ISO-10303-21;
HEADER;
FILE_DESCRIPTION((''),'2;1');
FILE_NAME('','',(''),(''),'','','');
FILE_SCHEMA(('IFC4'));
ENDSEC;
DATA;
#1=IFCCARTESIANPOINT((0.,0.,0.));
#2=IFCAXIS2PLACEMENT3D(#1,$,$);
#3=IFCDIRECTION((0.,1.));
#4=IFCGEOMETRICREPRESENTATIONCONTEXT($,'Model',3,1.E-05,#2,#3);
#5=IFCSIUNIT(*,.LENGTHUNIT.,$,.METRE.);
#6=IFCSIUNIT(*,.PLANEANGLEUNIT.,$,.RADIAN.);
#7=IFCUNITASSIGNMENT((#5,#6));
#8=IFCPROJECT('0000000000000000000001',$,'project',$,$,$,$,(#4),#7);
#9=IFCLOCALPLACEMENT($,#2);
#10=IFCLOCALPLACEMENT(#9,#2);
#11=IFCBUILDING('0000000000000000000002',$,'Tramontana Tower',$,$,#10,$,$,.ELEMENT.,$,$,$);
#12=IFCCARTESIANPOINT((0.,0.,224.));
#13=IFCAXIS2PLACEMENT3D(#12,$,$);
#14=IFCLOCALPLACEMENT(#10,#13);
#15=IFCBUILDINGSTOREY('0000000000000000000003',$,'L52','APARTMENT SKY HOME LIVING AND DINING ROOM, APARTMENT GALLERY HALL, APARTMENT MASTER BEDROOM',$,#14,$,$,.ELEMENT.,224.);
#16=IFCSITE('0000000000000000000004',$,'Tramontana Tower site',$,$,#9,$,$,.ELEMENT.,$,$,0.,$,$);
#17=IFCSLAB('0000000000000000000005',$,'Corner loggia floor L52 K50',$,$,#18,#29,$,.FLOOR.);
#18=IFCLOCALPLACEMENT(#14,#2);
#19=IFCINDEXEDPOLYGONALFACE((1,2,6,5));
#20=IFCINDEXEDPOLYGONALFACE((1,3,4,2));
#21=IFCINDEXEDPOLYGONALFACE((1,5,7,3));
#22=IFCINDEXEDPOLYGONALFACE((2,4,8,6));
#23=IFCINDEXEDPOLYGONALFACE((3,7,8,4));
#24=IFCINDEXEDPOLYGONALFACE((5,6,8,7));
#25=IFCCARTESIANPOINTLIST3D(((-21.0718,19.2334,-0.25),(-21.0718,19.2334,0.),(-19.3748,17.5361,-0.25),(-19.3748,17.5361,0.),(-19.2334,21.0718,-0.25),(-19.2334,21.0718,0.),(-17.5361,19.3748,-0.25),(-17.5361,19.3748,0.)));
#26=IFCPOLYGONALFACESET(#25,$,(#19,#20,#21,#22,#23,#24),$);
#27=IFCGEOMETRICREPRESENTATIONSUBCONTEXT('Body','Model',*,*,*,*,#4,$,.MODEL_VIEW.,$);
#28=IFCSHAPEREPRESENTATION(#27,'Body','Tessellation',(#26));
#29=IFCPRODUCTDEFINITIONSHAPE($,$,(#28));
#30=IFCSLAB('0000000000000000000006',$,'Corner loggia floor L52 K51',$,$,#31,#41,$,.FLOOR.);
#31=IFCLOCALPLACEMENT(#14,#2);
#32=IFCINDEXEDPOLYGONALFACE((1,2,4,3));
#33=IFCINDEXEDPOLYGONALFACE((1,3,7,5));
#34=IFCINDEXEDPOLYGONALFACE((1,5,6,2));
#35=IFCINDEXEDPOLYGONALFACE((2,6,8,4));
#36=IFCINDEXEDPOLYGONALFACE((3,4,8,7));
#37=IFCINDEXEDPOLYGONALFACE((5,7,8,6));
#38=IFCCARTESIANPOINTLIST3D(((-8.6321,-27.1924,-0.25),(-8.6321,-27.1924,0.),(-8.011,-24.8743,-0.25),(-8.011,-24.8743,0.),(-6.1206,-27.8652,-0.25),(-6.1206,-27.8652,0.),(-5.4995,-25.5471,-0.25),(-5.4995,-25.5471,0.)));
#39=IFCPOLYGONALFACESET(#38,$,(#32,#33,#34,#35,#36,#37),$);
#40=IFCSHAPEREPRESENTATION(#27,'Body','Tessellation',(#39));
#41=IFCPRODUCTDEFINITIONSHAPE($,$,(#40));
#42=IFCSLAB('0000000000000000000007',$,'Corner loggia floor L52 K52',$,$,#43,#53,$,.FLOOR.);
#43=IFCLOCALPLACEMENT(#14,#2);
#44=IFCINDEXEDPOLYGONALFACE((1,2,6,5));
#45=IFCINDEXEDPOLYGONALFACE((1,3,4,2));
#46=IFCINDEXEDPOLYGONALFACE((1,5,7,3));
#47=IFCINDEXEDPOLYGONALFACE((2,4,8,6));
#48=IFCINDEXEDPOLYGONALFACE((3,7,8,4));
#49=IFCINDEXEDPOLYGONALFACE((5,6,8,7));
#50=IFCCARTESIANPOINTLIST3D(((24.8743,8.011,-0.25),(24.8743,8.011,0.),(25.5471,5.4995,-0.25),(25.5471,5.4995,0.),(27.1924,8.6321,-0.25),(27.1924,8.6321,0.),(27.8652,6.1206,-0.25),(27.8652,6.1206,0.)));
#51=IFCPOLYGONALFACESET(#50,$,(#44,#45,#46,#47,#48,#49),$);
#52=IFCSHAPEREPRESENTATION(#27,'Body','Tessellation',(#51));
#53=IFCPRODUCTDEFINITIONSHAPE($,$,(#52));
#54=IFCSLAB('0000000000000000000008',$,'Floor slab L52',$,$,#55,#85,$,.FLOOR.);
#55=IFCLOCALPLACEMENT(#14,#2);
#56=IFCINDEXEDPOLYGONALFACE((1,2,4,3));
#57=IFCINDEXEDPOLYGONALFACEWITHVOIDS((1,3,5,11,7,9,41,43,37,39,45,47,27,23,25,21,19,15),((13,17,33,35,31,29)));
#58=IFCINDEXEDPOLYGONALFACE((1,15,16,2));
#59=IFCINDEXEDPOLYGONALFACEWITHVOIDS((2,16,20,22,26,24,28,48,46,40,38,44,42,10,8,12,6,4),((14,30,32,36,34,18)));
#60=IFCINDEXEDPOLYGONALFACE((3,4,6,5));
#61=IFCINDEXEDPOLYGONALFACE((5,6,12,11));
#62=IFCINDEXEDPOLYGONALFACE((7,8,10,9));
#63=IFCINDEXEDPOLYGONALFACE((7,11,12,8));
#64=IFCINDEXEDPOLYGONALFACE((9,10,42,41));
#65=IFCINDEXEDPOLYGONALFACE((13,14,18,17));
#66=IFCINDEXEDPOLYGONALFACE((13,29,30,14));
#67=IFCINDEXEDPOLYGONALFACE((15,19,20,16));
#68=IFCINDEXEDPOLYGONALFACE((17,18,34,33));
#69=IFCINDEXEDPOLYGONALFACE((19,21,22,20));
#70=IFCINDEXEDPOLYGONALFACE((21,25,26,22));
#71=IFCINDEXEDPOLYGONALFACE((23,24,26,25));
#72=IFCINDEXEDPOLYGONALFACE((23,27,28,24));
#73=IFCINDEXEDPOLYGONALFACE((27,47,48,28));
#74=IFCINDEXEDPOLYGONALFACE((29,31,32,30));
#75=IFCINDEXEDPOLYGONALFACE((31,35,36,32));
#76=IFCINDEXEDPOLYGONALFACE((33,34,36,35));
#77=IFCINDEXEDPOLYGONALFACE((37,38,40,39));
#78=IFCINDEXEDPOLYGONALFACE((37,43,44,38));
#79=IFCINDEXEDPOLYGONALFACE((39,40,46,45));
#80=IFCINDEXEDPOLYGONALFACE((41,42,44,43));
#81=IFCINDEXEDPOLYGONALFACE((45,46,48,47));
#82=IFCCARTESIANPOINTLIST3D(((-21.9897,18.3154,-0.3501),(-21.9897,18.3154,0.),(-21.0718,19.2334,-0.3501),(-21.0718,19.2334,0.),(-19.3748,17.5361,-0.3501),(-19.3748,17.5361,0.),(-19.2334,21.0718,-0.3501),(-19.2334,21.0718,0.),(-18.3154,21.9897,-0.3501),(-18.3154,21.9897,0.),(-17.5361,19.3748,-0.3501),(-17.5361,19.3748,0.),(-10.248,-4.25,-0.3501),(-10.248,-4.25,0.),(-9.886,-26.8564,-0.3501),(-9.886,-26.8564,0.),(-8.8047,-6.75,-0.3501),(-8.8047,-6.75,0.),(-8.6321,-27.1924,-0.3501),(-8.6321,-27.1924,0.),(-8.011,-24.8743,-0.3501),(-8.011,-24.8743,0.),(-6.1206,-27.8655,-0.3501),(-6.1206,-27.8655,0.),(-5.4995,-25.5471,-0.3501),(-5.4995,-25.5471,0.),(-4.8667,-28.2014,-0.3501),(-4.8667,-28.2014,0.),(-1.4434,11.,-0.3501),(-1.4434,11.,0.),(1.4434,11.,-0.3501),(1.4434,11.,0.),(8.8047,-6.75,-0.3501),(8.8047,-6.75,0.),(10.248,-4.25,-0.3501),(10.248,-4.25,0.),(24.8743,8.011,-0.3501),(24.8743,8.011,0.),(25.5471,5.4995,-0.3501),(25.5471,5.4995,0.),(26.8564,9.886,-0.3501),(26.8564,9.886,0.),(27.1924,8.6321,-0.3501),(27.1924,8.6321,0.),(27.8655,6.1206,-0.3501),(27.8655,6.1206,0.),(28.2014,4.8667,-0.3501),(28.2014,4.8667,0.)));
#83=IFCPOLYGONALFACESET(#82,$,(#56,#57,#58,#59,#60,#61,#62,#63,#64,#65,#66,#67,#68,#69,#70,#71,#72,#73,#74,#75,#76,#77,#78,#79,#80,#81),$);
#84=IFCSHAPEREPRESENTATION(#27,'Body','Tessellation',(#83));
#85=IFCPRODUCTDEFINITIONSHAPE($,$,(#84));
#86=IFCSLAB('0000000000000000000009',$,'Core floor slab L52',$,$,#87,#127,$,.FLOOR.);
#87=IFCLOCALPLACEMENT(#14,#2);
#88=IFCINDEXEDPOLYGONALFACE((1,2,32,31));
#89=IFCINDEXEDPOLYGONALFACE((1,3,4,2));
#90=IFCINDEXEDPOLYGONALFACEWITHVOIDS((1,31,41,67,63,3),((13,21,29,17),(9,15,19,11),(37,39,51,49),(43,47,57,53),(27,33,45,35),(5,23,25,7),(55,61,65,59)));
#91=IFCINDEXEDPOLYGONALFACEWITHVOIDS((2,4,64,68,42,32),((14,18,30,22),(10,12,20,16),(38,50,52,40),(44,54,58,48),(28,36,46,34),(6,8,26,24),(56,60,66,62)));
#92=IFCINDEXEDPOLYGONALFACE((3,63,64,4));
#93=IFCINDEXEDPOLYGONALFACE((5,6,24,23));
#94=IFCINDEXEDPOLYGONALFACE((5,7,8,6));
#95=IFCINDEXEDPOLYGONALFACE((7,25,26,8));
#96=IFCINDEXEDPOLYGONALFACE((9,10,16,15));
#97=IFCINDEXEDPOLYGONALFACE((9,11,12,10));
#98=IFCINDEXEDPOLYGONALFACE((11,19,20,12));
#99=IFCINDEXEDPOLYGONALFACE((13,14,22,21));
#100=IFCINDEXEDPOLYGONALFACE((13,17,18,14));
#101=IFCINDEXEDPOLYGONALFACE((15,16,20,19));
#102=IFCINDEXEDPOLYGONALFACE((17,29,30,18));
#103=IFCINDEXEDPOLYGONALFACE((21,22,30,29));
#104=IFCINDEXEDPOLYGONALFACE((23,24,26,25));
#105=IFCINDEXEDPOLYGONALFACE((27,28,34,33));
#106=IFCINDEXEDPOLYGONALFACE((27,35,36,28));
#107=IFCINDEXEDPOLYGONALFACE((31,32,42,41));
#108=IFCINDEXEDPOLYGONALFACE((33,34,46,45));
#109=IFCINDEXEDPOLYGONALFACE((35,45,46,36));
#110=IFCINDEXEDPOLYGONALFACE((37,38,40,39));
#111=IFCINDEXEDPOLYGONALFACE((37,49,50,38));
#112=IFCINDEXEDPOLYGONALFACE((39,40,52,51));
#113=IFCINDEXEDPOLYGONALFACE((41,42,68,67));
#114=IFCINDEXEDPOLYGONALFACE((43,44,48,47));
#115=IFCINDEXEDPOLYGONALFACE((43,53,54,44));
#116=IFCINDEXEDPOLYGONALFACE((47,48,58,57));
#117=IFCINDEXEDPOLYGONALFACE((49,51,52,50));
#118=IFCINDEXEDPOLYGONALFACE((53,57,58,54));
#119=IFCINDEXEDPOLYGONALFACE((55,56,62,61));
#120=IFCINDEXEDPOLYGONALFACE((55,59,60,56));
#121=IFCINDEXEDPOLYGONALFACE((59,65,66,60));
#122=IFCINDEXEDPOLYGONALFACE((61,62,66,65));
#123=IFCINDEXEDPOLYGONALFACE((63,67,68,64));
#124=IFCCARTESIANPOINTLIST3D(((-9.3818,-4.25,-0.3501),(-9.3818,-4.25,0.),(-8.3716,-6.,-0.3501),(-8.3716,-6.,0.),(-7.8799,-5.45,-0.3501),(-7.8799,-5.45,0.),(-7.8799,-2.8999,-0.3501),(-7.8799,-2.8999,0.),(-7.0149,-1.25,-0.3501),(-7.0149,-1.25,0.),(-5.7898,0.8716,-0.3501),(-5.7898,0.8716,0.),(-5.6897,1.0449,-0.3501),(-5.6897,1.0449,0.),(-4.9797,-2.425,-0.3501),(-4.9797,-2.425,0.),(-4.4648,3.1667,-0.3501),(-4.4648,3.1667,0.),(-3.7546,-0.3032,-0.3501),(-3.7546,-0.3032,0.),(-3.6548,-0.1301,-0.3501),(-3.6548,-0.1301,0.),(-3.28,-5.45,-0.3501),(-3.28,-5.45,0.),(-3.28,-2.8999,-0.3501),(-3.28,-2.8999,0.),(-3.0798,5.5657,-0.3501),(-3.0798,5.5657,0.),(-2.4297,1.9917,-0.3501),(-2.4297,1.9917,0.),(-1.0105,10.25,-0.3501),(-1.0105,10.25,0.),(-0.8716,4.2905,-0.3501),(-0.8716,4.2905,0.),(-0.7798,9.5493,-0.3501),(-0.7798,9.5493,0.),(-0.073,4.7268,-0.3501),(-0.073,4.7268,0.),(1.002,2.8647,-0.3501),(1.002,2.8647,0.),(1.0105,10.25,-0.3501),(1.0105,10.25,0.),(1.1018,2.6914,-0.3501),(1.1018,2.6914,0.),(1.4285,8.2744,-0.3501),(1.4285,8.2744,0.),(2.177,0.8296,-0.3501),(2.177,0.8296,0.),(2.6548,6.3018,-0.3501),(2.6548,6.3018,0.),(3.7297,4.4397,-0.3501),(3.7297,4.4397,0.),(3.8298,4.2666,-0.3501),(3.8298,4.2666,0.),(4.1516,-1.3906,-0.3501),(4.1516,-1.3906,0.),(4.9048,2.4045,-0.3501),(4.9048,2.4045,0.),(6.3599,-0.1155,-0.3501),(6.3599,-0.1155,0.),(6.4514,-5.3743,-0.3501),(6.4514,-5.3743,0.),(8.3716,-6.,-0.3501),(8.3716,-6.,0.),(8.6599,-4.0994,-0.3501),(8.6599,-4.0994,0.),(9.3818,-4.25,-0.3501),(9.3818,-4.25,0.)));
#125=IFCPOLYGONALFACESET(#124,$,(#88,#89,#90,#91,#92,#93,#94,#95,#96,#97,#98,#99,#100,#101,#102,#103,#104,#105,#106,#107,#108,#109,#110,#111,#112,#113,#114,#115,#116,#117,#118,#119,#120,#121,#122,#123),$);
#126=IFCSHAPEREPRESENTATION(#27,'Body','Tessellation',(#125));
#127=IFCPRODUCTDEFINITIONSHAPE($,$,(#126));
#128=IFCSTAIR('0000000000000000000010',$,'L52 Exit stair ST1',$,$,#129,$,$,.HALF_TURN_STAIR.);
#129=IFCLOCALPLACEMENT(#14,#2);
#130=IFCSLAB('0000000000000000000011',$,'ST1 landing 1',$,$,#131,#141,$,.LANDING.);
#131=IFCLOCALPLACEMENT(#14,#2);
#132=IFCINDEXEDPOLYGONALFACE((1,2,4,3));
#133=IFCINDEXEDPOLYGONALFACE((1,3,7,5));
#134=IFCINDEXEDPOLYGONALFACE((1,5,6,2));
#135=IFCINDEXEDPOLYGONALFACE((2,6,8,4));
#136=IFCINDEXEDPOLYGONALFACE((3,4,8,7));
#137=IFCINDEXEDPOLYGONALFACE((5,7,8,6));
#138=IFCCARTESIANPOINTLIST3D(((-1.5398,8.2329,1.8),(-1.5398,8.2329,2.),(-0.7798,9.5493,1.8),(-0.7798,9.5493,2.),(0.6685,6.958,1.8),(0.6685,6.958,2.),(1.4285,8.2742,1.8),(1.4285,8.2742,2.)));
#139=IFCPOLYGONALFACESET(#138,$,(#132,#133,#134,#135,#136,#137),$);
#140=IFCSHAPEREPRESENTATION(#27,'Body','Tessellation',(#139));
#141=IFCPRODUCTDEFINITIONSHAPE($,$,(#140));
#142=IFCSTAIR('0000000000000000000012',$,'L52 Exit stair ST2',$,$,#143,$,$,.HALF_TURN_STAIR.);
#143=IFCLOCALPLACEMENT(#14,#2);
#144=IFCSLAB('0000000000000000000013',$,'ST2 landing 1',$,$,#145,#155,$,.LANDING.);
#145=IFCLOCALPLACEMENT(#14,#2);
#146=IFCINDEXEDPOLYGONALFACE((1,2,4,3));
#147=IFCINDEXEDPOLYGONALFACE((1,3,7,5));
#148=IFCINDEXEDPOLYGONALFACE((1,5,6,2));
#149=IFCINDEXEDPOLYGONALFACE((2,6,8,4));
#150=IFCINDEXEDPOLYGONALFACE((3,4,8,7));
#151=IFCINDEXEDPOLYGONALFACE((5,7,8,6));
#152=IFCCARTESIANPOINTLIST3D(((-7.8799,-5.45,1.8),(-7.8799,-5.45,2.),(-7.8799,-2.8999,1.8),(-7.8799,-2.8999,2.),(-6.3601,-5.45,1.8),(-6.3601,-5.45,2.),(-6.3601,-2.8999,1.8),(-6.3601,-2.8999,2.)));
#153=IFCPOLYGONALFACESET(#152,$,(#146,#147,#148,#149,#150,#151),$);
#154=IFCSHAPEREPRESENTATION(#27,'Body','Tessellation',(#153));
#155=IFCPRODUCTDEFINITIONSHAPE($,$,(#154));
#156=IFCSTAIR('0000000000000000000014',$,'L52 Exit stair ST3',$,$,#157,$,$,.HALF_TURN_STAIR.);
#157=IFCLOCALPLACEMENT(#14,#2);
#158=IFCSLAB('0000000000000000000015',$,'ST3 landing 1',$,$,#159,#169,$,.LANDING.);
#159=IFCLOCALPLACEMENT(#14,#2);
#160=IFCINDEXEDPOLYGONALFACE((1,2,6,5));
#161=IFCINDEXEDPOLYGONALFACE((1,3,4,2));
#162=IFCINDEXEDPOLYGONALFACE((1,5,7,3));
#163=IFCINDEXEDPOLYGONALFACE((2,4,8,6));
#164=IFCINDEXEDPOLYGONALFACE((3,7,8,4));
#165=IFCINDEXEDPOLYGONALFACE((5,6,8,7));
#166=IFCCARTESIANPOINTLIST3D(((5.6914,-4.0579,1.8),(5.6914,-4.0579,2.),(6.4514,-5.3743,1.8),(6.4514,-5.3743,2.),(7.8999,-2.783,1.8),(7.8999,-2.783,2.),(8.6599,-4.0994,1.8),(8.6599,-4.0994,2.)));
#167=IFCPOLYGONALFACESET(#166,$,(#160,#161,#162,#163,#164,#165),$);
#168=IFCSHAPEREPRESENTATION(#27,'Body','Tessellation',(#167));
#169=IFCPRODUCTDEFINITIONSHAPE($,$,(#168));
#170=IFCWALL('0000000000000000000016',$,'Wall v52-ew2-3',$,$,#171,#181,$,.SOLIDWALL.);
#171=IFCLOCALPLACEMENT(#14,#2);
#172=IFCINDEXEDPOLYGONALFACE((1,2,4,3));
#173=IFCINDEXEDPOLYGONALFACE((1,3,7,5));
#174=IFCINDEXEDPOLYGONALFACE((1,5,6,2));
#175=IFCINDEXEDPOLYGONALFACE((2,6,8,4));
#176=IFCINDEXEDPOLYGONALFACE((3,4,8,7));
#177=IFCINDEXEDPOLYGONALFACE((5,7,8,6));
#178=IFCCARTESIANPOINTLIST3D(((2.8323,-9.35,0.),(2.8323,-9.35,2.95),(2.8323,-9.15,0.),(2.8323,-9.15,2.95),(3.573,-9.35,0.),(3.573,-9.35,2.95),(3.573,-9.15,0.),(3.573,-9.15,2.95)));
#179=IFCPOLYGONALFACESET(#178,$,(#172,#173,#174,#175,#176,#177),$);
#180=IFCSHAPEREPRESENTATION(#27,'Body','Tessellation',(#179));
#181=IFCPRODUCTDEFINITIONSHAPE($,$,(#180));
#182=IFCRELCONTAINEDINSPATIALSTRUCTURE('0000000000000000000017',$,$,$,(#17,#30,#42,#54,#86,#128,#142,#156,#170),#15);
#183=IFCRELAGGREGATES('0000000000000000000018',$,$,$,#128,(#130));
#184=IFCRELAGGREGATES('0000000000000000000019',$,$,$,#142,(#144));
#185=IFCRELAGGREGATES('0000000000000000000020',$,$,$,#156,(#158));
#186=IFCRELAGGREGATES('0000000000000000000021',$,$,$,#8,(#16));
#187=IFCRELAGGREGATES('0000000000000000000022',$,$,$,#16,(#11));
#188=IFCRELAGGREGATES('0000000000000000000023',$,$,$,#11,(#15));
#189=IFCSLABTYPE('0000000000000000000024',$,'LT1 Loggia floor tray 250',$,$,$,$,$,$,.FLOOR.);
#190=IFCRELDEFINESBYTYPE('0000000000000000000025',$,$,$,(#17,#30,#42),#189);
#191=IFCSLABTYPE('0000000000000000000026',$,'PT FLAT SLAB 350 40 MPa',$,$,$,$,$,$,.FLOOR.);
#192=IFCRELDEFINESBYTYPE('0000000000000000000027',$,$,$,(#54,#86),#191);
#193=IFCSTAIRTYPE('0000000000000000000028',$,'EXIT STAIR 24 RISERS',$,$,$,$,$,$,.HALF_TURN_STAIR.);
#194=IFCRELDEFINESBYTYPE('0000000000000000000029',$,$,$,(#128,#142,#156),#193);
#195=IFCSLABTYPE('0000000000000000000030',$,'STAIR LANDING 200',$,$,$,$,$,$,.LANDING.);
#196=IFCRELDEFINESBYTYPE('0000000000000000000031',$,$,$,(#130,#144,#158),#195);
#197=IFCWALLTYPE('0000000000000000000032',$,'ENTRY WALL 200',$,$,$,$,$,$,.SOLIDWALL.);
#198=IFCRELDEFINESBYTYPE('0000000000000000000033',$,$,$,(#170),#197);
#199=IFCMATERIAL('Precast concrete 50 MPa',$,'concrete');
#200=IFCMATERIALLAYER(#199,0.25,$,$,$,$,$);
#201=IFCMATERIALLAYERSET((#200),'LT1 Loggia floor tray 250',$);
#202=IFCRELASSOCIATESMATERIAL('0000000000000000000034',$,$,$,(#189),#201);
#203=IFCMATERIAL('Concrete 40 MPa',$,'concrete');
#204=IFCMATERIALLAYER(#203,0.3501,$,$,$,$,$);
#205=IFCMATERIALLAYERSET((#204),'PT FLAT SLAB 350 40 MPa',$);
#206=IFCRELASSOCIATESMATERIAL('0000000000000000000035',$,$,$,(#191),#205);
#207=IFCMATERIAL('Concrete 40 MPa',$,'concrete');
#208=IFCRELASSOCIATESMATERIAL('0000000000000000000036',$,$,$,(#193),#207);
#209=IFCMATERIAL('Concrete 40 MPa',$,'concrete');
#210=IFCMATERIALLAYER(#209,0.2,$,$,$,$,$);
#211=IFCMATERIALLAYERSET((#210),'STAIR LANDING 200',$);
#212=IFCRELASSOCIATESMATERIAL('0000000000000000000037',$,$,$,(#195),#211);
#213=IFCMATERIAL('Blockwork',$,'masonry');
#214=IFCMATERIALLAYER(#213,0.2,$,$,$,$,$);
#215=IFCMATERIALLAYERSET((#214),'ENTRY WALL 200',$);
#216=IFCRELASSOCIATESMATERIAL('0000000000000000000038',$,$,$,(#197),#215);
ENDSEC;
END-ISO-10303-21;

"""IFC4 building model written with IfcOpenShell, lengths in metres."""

from ifc_helpers import new_model, si_unit, direction, frame, frame_2d, origin, place, context, subcontext, project, spatial, polyline, rectangle, outline, extrude, material, layer, layer_set, type_object, element, aggregate, save


model = new_model("IFC4")

# Units and contexts
model_context = context("Model", 3, precision=1e-05, world=origin(), true_north=direction((0.0, 1.0)))
body_context = subcontext(model_context, "Body", "Model", "MODEL_VIEW")
ifc_project = project(units=[si_unit("LENGTHUNIT", "METRE"), si_unit("PLANEANGLEUNIT", "RADIAN")], contexts=[model_context])

# Site, building, storey
site_placement = place(None, origin())
site = spatial("IfcSite", under=ifc_project, at=site_placement, Name="Tramontana Tower site", CompositionType="ELEMENT", RefElevation=0.0)
building_placement = place(site_placement, origin())
building = spatial("IfcBuilding", under=site, at=building_placement, Name="Tramontana Tower", CompositionType="ELEMENT")
storey_placement = place(building_placement, frame((0.0, 0.0, 224.0)))
storey = spatial("IfcBuildingStorey", under=building, at=storey_placement, Name="L52", Description="APARTMENT SKY HOME LIVING AND DINING ROOM, APARTMENT GALLERY HALL, APARTMENT MASTER BEDROOM", CompositionType="ELEMENT", Elevation=224.0)

# Slabs
ifc_material_1 = material(Name="Precast concrete 50 MPa", Category="concrete")
ifc_layer_1 = layer(ifc_material_1, 0.25)
ifc_layer_set_1 = layer_set([ifc_layer_1], Name="LT1 Loggia floor tray 250")
slab_type_1 = type_object("IfcSlabType", Name="LT1 Loggia floor tray 250", PredefinedType="FLOOR", material=ifc_layer_set_1)
slab_1_placement = place(storey_placement, frame((0.0, 0.0, -0.25)))
element("IfcSlab", 1, at=slab_1_placement, inside=storey, type_object=slab_type_1, Name="Corner loggia floor L52 K50", PredefinedType="FLOOR", context=body_context, shape_type="SweptSolid", body=[
    extrude(outline(polyline([(-19.2334, 21.0718), (-17.5361, 19.3748), (-19.3748, 17.5361), (-21.0718, 19.2334), (-19.2334, 21.0718)])), origin(), (0.0, 0.0, 1.0), 0.25),
])
slab_2_placement = place(storey_placement, frame((0.0, 0.0, -0.25)))
element("IfcSlab", 2, at=slab_2_placement, inside=storey, type_object=slab_type_1, Name="Corner loggia floor L52 K51", PredefinedType="FLOOR", context=body_context, shape_type="SweptSolid", body=[
    extrude(outline(polyline([(-8.6321, -27.1924), (-8.011, -24.8743), (-5.4995, -25.5471), (-6.1206, -27.8652), (-8.6321, -27.1924)])), origin(), (0.0, 0.0, 1.0), 0.25),
])
slab_3_placement = place(storey_placement, frame((0.0, 0.0, -0.25)))
element("IfcSlab", 3, at=slab_3_placement, inside=storey, type_object=slab_type_1, Name="Corner loggia floor L52 K52", PredefinedType="FLOOR", context=body_context, shape_type="SweptSolid", body=[
    extrude(outline(polyline([(27.8652, 6.1206), (25.5471, 5.4995), (24.8743, 8.011), (27.1924, 8.6321), (27.8652, 6.1206)])), origin(), (0.0, 0.0, 1.0), 0.25),
])
ifc_material_2 = material(Name="Concrete 40 MPa", Category="concrete")
ifc_layer_2 = layer(ifc_material_2, 0.3501)
ifc_layer_set_2 = layer_set([ifc_layer_2], Name="PT FLAT SLAB 350 40 MPa")
slab_type_2 = type_object("IfcSlabType", Name="PT FLAT SLAB 350 40 MPa", PredefinedType="FLOOR", material=ifc_layer_set_2)
slab_4_placement = place(storey_placement, frame((0.0, 0.0, -0.3501)))
element("IfcSlab", 4, at=slab_4_placement, inside=storey, type_object=slab_type_2, Name="Floor slab L52", PredefinedType="FLOOR", context=body_context, shape_type="SweptSolid", body=[
    extrude(outline(polyline([(27.1924, 8.6321), (24.8743, 8.011), (25.5471, 5.4995), (27.8655, 6.1206), (28.2014, 4.8667), (-4.8667, -28.2014), (-6.1206, -27.8655), (-5.4995, -25.5471), (-8.011, -24.8743), (-8.6321, -27.1924), (-9.886, -26.8564), (-21.9897, 18.3154), (-21.0718, 19.2334), (-19.3748, 17.5361), (-17.5361, 19.3748), (-19.2334, 21.0718), (-18.3154, 21.9897), (26.8564, 9.886), (27.1924, 8.6321)]), holes=[polyline([(-10.248, -4.25), (-8.8047, -6.75), (8.8047, -6.75), (10.248, -4.25), (1.4434, 11.0), (-1.4434, 11.0), (-10.248, -4.25)])]), origin(), (0.0, 0.0, 1.0), 0.3501),
])
slab_5_placement = place(storey_placement, frame((0.0, 0.0, -0.3501)))
element("IfcSlab", 5, at=slab_5_placement, inside=storey, type_object=slab_type_2, Name="Core floor slab L52", PredefinedType="FLOOR", context=body_context, shape_type="SweptSolid", body=[
    extrude(outline(polyline([(9.3818, -4.25), (8.3716, -6.0), (-8.3716, -6.0), (-9.3818, -4.25), (-1.0105, 10.25), (1.0105, 10.25), (9.3818, -4.25)]), holes=[polyline([(8.6599, -4.0994), (6.3599, -0.1155), (4.1516, -1.3906), (6.4514, -5.3743), (8.6599, -4.0994)]), polyline([(3.8298, 4.2666), (1.1018, 2.6914), (2.177, 0.8296), (4.9048, 2.4045), (3.8298, 4.2666)]), polyline([(2.6548, 6.3018), (-0.073, 4.7268), (1.002, 2.8647), (3.7297, 4.4397), (2.6548, 6.3018)]), polyline([(-0.7798, 9.5493), (-3.0798, 5.5657), (-0.8716, 4.2905), (1.4285, 8.2744), (-0.7798, 9.5493)]), polyline([(-5.6897, 1.0449), (-3.6548, -0.1301), (-2.4297, 1.9917), (-4.4648, 3.1667), (-5.6897, 1.0449)]), polyline([(-3.28, -5.45), (-3.28, -2.8999), (-7.8799, -2.8999), (-7.8799, -5.45), (-3.28, -5.45)]), polyline([(-7.0149, -1.25), (-4.9797, -2.425), (-3.7546, -0.3032), (-5.7898, 0.8716), (-7.0149, -1.25)])]), origin(), (0.0, 0.0, 1.0), 0.3501),
])

# Stairs, slabs
ifc_material_3 = material(Name="Concrete 40 MPa", Category="concrete")
stair_type = type_object("IfcStairType", Name="EXIT STAIR 24 RISERS", PredefinedType="HALF_TURN_STAIR", material=ifc_material_3)
stair_1_placement = place(storey_placement, origin())
stair_1 = element("IfcStair", 6, at=stair_1_placement, inside=storey, type_object=stair_type, Name="L52 Exit stair ST1", PredefinedType="HALF_TURN_STAIR")
ifc_material_4 = material(Name="Concrete 40 MPa", Category="concrete")
ifc_layer_3 = layer(ifc_material_4, 0.2)
ifc_layer_set_3 = layer_set([ifc_layer_3], Name="STAIR LANDING 200")
slab_type_3 = type_object("IfcSlabType", Name="STAIR LANDING 200", PredefinedType="LANDING", material=ifc_layer_set_3)
slab_6_placement = place(storey_placement, frame((0.0, 0.0, 1.8)))
slab_6 = element("IfcSlab", 7, at=slab_6_placement, type_object=slab_type_3, Name="ST1 landing 1", PredefinedType="LANDING", context=body_context, shape_type="SweptSolid", body=[
    extrude(outline(polyline([(0.6685, 6.958), (1.4285, 8.2742), (-0.7798, 9.5493), (-1.5398, 8.2329), (0.6685, 6.958)])), origin(), (0.0, 0.0, 1.0), 0.2),
])
aggregate(stair_1, [slab_6])
stair_2_placement = place(storey_placement, origin())
stair_2 = element("IfcStair", 8, at=stair_2_placement, inside=storey, type_object=stair_type, Name="L52 Exit stair ST2", PredefinedType="HALF_TURN_STAIR")
slab_7_placement = place(storey_placement, frame((0.0, 0.0, 1.8)))
slab_7 = element("IfcSlab", 9, at=slab_7_placement, type_object=slab_type_3, Name="ST2 landing 1", PredefinedType="LANDING", context=body_context, shape_type="SweptSolid", body=[
    extrude(outline(polyline([(-6.3601, -2.8999), (-7.8799, -2.8999), (-7.8799, -5.45), (-6.3601, -5.45), (-6.3601, -2.8999)])), origin(), (0.0, 0.0, 1.0), 0.2),
])
aggregate(stair_2, [slab_7])
stair_3_placement = place(storey_placement, origin())
stair_3 = element("IfcStair", 10, at=stair_3_placement, inside=storey, type_object=stair_type, Name="L52 Exit stair ST3", PredefinedType="HALF_TURN_STAIR")
slab_8_placement = place(storey_placement, frame((0.0, 0.0, 1.8)))
slab_8 = element("IfcSlab", 11, at=slab_8_placement, type_object=slab_type_3, Name="ST3 landing 1", PredefinedType="LANDING", context=body_context, shape_type="SweptSolid", body=[
    extrude(outline(polyline([(5.6914, -4.0579), (6.4514, -5.3743), (8.6599, -4.0994), (7.8999, -2.783), (5.6914, -4.0579)])), origin(), (0.0, 0.0, 1.0), 0.2),
])

# Wall
ifc_material_5 = material(Name="Blockwork", Category="masonry")
ifc_layer_4 = layer(ifc_material_5, 0.2)
ifc_layer_set_4 = layer_set([ifc_layer_4], Name="ENTRY WALL 200")
wall_type_1 = type_object("IfcWallType", Name="ENTRY WALL 200", PredefinedType="SOLIDWALL", material=ifc_layer_set_4)
wall_1_placement = place(storey_placement, frame((3.573, -9.25, 0.0), z_axis=(0.0, 0.0, 1.0), x_axis=(-1.0, 0.0, 0.0)))
element("IfcWall", 12, at=wall_1_placement, inside=storey, type_object=wall_type_1, Name="Wall v52-ew2-3", PredefinedType="SOLIDWALL", context=body_context, shape_type="SweptSolid", body=[
    extrude(rectangle(XDim=0.7407, YDim=0.2, at=frame_2d((0.3704, 0.0))), origin(), (0.0, 0.0, 1.0), 2.95),
])

aggregate(stair_3, [slab_8])

save(model, "model.ifc")
